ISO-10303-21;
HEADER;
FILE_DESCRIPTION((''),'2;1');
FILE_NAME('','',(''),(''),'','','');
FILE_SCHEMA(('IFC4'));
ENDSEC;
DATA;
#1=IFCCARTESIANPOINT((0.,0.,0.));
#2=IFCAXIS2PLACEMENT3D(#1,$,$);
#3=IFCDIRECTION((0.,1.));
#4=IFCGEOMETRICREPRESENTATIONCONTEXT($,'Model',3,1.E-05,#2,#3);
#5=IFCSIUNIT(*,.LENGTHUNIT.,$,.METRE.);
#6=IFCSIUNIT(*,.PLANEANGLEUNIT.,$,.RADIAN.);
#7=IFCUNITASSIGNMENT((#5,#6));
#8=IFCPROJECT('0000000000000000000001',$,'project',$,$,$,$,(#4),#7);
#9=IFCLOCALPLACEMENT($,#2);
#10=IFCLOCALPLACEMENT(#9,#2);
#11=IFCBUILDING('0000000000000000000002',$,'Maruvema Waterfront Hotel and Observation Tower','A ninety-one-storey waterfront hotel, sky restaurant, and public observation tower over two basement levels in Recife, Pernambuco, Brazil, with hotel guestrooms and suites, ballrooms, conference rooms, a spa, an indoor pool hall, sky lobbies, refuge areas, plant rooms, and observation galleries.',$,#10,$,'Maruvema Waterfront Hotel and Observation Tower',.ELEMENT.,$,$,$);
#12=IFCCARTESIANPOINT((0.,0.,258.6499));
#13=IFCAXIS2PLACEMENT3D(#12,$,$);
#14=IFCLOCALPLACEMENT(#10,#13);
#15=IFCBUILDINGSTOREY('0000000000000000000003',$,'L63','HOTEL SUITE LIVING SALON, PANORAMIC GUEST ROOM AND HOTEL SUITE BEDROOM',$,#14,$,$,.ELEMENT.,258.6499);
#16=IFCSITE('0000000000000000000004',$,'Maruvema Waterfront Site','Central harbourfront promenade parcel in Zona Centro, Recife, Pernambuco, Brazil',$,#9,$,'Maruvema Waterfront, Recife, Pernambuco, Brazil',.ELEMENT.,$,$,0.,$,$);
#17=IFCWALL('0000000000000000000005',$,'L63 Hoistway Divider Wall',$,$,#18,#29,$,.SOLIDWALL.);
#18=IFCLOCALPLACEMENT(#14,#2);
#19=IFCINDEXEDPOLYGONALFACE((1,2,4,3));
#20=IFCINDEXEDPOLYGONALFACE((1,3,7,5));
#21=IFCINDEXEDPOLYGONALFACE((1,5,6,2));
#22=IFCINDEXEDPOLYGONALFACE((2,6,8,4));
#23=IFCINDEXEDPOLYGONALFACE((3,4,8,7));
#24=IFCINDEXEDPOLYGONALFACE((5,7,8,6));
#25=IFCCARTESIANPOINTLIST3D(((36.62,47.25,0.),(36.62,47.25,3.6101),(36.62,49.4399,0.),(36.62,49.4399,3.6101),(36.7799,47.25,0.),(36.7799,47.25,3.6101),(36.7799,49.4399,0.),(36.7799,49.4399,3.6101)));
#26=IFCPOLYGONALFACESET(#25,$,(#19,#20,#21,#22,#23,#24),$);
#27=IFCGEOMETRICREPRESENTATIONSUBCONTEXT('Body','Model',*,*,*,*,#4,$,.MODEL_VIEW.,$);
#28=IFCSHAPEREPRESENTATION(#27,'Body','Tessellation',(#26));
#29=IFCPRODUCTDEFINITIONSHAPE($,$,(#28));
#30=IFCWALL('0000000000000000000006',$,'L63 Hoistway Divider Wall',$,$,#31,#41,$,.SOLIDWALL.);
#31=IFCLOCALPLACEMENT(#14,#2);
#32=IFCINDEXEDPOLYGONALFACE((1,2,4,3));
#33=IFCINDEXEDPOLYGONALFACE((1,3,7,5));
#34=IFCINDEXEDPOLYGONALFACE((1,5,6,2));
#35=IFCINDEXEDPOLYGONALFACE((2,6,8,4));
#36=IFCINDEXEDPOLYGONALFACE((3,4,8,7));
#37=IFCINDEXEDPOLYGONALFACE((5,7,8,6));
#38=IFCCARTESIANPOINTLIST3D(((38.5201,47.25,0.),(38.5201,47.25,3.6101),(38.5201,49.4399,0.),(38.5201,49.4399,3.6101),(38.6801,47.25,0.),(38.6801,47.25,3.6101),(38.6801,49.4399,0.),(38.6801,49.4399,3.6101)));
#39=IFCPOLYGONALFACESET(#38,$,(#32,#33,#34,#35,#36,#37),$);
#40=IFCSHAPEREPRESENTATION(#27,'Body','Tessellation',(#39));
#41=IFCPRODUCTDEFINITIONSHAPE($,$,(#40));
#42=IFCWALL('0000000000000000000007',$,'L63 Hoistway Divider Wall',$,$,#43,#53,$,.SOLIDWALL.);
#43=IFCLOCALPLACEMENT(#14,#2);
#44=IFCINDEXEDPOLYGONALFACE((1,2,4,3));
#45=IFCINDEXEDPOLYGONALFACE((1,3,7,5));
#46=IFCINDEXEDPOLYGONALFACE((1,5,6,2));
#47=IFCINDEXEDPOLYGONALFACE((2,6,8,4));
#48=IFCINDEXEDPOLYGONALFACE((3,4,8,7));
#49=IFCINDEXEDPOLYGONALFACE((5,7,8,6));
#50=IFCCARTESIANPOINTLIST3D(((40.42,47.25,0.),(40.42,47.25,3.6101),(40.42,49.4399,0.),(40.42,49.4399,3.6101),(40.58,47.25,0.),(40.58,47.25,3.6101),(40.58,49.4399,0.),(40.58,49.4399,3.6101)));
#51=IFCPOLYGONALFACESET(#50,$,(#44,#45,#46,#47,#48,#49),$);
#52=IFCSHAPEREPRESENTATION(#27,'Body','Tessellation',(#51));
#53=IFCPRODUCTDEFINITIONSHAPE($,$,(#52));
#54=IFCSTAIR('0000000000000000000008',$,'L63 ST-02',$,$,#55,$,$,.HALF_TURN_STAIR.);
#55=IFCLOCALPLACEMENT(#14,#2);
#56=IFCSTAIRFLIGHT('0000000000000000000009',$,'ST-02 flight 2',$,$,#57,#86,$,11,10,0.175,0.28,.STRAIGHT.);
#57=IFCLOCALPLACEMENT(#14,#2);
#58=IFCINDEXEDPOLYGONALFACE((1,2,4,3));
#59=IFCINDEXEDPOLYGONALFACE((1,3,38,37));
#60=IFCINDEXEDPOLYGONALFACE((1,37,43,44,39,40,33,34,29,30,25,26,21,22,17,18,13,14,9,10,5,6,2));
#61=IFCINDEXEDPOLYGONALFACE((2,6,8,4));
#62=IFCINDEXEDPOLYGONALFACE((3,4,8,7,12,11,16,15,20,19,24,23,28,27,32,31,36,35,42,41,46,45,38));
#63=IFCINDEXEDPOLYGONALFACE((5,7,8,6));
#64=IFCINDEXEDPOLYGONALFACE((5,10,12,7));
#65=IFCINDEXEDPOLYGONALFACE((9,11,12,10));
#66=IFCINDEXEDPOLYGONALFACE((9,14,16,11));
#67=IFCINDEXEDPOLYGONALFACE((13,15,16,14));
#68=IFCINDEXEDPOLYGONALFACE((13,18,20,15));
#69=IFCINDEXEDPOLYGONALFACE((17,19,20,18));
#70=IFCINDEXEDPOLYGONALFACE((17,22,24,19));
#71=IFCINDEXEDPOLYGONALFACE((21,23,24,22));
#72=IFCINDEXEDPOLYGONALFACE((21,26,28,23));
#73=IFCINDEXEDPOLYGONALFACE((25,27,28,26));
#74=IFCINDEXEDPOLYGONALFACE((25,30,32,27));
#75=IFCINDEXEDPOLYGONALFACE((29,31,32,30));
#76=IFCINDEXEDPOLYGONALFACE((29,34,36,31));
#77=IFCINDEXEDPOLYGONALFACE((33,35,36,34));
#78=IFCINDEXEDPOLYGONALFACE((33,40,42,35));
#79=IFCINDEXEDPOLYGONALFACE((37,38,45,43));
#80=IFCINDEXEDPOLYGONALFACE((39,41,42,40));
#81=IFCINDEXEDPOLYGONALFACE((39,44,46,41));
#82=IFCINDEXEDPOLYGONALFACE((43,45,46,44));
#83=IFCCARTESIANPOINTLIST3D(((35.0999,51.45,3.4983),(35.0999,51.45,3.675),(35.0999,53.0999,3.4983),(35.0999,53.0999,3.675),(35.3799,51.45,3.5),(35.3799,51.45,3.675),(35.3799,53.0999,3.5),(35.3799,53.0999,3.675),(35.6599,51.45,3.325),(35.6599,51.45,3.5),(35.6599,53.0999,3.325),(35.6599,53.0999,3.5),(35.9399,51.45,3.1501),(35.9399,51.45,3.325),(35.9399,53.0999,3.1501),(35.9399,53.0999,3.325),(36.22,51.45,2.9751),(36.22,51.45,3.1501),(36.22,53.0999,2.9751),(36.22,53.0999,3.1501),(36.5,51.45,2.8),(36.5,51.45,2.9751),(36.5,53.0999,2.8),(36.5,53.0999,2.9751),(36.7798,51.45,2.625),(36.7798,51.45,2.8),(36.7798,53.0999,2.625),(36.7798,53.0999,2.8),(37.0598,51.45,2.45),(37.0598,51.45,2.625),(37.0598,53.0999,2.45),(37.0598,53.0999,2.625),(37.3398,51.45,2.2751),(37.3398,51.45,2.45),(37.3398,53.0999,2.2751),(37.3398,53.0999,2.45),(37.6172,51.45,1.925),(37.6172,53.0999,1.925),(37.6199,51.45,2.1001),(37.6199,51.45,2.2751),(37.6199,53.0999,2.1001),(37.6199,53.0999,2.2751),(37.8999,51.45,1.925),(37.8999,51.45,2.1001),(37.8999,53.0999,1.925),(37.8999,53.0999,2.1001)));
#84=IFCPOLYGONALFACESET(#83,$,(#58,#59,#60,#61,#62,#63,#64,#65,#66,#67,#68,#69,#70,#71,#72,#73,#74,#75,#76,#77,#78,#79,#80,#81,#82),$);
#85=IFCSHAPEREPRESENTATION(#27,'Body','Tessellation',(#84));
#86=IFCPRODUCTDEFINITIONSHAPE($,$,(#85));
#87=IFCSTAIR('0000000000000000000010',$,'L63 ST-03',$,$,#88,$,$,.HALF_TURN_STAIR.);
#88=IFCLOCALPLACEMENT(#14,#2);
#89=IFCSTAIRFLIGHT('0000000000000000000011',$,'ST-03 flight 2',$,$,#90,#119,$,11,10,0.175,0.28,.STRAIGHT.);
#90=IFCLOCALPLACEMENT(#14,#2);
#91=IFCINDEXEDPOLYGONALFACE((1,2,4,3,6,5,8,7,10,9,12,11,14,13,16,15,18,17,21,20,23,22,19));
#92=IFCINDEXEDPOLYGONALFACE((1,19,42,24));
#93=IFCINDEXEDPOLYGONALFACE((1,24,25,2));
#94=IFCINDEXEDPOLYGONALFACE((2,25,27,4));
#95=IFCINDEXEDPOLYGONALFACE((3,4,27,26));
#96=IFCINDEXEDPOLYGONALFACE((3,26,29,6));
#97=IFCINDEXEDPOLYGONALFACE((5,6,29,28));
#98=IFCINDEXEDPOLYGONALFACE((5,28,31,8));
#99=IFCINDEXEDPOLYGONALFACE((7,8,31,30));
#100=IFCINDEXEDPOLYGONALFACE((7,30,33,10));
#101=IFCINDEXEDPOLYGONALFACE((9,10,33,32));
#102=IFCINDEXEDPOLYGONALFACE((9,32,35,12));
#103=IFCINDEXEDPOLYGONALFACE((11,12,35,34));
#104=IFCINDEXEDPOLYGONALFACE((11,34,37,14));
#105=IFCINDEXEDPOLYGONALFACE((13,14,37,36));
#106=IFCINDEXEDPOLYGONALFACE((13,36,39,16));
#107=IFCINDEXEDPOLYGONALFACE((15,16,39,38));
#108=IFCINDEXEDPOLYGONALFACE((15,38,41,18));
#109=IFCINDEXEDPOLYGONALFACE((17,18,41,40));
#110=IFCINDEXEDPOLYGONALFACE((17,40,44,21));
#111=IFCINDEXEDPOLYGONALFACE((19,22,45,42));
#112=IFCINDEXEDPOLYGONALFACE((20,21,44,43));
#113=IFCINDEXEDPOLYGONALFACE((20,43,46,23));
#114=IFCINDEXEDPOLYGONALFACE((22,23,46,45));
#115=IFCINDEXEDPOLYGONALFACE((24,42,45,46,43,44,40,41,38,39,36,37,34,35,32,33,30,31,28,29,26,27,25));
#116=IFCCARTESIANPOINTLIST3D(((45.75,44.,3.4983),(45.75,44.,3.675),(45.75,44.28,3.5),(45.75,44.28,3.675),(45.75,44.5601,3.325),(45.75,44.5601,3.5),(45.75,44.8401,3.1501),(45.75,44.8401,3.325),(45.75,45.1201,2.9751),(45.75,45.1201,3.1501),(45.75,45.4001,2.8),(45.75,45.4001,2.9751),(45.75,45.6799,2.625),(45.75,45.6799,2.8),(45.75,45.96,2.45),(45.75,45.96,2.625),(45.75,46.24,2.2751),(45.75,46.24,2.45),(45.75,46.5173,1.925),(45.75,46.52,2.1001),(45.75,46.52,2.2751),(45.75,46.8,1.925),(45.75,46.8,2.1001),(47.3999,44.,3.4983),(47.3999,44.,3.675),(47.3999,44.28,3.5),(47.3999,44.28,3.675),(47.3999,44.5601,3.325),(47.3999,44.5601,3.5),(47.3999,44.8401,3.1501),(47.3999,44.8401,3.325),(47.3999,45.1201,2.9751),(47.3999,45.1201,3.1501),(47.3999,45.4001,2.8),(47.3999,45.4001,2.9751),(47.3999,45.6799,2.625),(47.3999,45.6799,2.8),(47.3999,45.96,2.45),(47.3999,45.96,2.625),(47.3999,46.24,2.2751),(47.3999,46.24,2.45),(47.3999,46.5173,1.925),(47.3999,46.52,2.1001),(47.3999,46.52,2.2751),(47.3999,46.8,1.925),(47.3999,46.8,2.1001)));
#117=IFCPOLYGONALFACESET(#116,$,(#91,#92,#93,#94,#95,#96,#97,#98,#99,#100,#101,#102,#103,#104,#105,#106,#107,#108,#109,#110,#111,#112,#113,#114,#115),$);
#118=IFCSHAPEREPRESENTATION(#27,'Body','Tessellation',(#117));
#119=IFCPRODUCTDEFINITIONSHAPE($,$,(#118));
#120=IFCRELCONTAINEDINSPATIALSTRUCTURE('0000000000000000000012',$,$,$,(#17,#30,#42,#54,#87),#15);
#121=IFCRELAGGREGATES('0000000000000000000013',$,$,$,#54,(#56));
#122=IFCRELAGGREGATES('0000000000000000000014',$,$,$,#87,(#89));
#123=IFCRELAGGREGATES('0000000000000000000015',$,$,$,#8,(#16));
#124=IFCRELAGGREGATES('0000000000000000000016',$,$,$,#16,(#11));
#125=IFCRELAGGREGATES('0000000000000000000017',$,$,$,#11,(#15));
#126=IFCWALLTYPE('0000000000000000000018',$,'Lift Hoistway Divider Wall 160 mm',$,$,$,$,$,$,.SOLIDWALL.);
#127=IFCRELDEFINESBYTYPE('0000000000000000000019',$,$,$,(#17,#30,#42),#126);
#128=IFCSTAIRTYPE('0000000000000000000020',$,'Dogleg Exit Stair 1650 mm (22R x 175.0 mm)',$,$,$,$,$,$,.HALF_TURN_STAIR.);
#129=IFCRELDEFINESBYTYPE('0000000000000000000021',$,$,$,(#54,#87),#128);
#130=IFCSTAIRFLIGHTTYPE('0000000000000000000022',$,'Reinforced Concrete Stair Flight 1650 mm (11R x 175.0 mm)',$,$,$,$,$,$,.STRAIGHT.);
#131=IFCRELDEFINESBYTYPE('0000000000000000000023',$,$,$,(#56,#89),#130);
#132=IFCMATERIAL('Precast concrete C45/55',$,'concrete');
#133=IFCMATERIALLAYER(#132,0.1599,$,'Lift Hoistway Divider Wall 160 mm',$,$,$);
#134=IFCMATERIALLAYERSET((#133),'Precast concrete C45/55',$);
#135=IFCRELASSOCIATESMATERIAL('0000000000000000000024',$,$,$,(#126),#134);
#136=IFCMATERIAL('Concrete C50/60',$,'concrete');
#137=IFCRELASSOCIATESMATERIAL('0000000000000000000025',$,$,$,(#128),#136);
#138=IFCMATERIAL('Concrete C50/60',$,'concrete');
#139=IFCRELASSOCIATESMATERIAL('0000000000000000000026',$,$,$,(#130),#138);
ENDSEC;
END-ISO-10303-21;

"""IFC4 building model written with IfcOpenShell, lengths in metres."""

from ifc_helpers import new_model, si_unit, direction, frame, frame_2d, origin, place, context, subcontext, project, spatial, polyline, rectangle, outline, extrude, material, layer, layer_set, type_object, element, aggregate, save


model = new_model("IFC4")

# Units and contexts
model_context = context("Model", 3, precision=1e-05, world=origin(), true_north=direction((0.0, 1.0)))
body_context = subcontext(model_context, "Body", "Model", "MODEL_VIEW")
ifc_project = project(units=[si_unit("LENGTHUNIT", "METRE"), si_unit("PLANEANGLEUNIT", "RADIAN")], contexts=[model_context])

# Site, building, storey
site_placement = place(None, origin())
site = spatial("IfcSite", under=ifc_project, at=site_placement, Name="Maruvema Waterfront Site", Description="Central harbourfront promenade parcel in Zona Centro, Recife, Pernambuco, Brazil", LongName="Maruvema Waterfront, Recife, Pernambuco, Brazil", CompositionType="ELEMENT", RefElevation=0.0)
building_placement = place(site_placement, origin())
building = spatial("IfcBuilding", under=site, at=building_placement, Name="Maruvema Waterfront Hotel and Observation Tower", Description="A ninety-one-storey waterfront hotel, sky restaurant, and public observation tower over two basement levels in Recife, Pernambuco, Brazil, with hotel guestrooms and suites, ballrooms, conference rooms, a spa, an indoor pool hall, sky lobbies, refuge areas, plant rooms, and observation galleries.", LongName="Maruvema Waterfront Hotel and Observation Tower", CompositionType="ELEMENT")
storey_placement = place(building_placement, frame((0.0, 0.0, 258.6499)))
storey = spatial("IfcBuildingStorey", under=building, at=storey_placement, Name="L63", Description="HOTEL SUITE LIVING SALON, PANORAMIC GUEST ROOM AND HOTEL SUITE BEDROOM", CompositionType="ELEMENT", Elevation=258.6499)

# Walls
ifc_material_1 = material(Name="Precast concrete C45/55", Category="concrete")
ifc_layer_1 = layer(ifc_material_1, 0.1599, Name="Lift Hoistway Divider Wall 160 mm")
ifc_layer_set_1 = layer_set([ifc_layer_1], Name="Precast concrete C45/55")
wall_type_1 = type_object("IfcWallType", Name="Lift Hoistway Divider Wall 160 mm", PredefinedType="SOLIDWALL", material=ifc_layer_set_1)
for number, where, z_axis, x_axis, name in (
    (1, (36.7, 47.25, 0.0), (0.0, 0.0, 1.0), (0.0, 1.0, 0.0), "L63 Hoistway Divider Wall"),
    (2, (38.6001, 47.25, 0.0), (0.0, 0.0, 1.0), (0.0, 1.0, 0.0), "L63 Hoistway Divider Wall"),
    (3, (40.5, 47.25, 0.0), (0.0, 0.0, 1.0), (0.0, 1.0, 0.0), "L63 Hoistway Divider Wall"),
):
    element("IfcWall", number, at=place(storey_placement, frame(where, z_axis=z_axis, x_axis=x_axis)), inside=storey, type_object=wall_type_1, Name=name, PredefinedType="SOLIDWALL", context=body_context, shape_type="SweptSolid", body=[
        extrude(rectangle(XDim=2.1899, YDim=0.1599, at=frame_2d((1.095, 0.0))), origin(), (0.0, 0.0, 1.0), 3.6101),
    ])

# Stairs, stair flights
ifc_material_2 = material(Name="Concrete C50/60", Category="concrete")
stair_type = type_object("IfcStairType", Name="Dogleg Exit Stair 1650 mm (22R x 175.0 mm)", PredefinedType="HALF_TURN_STAIR", material=ifc_material_2)
stair_1_placement = place(storey_placement, origin())
stair_1 = element("IfcStair", 4, at=stair_1_placement, inside=storey, type_object=stair_type, Name="L63 ST-02", PredefinedType="HALF_TURN_STAIR")
ifc_material_3 = material(Name="Concrete C50/60", Category="concrete")
stair_flight_type = type_object("IfcStairFlightType", Name="Reinforced Concrete Stair Flight 1650 mm (11R x 175.0 mm)", PredefinedType="STRAIGHT", material=ifc_material_3)
stair_flight_1_placement = place(storey_placement, frame((37.8999, 52.2749, 1.925), z_axis=(0.0, 0.0, 1.0), x_axis=(-1.0, 0.0, 0.0)))
stair_flight_1 = element("IfcStairFlight", 5, at=stair_flight_1_placement, type_object=stair_flight_type, Name="ST-02 flight 2", NumberOfRisers=11, NumberOfTreads=10, PredefinedType="STRAIGHT", RiserHeight=0.175, TreadLength=0.28, context=body_context, shape_type="SweptSolid", body=[
    extrude(outline(polyline([(0.0, 0.0), (0.0, 0.175), (0.28, 0.175), (0.28, 0.3501), (0.5601, 0.3501), (0.5601, 0.5249), (0.8401, 0.5249), (0.8401, 0.7), (1.1201, 0.7), (1.1201, 0.875), (1.3999, 0.875), (1.3999, 1.05), (1.6799, 1.05), (1.6799, 1.2251), (1.96, 1.2251), (1.96, 1.3999), (2.24, 1.3999), (2.24, 1.575), (2.52, 1.575), (2.52, 1.75), (2.8, 1.75), (2.8, 1.925), (2.8, 1.5732), (0.2827, 0.0), (0.0, 0.0)])), frame((0.0, 0.825, 0.0), z_axis=(0.0, -1.0, 0.0), x_axis=(1.0, 0.0, 0.0)), (0.0, 0.0, 1.0), 1.6499),
])
aggregate(stair_1, [stair_flight_1])
stair_2_placement = place(storey_placement, origin())
stair_2 = element("IfcStair", 6, at=stair_2_placement, inside=storey, type_object=stair_type, Name="L63 ST-03", PredefinedType="HALF_TURN_STAIR")
stair_flight_2_placement = place(storey_placement, frame((46.575, 46.8, 1.925), z_axis=(0.0, 0.0, 1.0), x_axis=(0.0, -1.0, 0.0)))
stair_flight_2 = element("IfcStairFlight", 7, at=stair_flight_2_placement, type_object=stair_flight_type, Name="ST-03 flight 2", NumberOfRisers=11, NumberOfTreads=10, PredefinedType="STRAIGHT", RiserHeight=0.175, TreadLength=0.28, context=body_context, shape_type="SweptSolid", body=[
    extrude(outline(polyline([(0.0, 0.0), (0.0, 0.175), (0.28, 0.175), (0.28, 0.3501), (0.5601, 0.3501), (0.5601, 0.5249), (0.8401, 0.5249), (0.8401, 0.7), (1.1201, 0.7), (1.1201, 0.875), (1.3999, 0.875), (1.3999, 1.05), (1.6799, 1.05), (1.6799, 1.2251), (1.96, 1.2251), (1.96, 1.3999), (2.24, 1.3999), (2.24, 1.575), (2.52, 1.575), (2.52, 1.75), (2.8, 1.75), (2.8, 1.925), (2.8, 1.5732), (0.2827, 0.0), (0.0, 0.0)])), frame((0.0, 0.825, 0.0), z_axis=(0.0, -1.0, 0.0), x_axis=(1.0, 0.0, 0.0)), (0.0, 0.0, 1.0), 1.6499),
])
aggregate(stair_2, [stair_flight_2])

save(model, "model.ifc")
